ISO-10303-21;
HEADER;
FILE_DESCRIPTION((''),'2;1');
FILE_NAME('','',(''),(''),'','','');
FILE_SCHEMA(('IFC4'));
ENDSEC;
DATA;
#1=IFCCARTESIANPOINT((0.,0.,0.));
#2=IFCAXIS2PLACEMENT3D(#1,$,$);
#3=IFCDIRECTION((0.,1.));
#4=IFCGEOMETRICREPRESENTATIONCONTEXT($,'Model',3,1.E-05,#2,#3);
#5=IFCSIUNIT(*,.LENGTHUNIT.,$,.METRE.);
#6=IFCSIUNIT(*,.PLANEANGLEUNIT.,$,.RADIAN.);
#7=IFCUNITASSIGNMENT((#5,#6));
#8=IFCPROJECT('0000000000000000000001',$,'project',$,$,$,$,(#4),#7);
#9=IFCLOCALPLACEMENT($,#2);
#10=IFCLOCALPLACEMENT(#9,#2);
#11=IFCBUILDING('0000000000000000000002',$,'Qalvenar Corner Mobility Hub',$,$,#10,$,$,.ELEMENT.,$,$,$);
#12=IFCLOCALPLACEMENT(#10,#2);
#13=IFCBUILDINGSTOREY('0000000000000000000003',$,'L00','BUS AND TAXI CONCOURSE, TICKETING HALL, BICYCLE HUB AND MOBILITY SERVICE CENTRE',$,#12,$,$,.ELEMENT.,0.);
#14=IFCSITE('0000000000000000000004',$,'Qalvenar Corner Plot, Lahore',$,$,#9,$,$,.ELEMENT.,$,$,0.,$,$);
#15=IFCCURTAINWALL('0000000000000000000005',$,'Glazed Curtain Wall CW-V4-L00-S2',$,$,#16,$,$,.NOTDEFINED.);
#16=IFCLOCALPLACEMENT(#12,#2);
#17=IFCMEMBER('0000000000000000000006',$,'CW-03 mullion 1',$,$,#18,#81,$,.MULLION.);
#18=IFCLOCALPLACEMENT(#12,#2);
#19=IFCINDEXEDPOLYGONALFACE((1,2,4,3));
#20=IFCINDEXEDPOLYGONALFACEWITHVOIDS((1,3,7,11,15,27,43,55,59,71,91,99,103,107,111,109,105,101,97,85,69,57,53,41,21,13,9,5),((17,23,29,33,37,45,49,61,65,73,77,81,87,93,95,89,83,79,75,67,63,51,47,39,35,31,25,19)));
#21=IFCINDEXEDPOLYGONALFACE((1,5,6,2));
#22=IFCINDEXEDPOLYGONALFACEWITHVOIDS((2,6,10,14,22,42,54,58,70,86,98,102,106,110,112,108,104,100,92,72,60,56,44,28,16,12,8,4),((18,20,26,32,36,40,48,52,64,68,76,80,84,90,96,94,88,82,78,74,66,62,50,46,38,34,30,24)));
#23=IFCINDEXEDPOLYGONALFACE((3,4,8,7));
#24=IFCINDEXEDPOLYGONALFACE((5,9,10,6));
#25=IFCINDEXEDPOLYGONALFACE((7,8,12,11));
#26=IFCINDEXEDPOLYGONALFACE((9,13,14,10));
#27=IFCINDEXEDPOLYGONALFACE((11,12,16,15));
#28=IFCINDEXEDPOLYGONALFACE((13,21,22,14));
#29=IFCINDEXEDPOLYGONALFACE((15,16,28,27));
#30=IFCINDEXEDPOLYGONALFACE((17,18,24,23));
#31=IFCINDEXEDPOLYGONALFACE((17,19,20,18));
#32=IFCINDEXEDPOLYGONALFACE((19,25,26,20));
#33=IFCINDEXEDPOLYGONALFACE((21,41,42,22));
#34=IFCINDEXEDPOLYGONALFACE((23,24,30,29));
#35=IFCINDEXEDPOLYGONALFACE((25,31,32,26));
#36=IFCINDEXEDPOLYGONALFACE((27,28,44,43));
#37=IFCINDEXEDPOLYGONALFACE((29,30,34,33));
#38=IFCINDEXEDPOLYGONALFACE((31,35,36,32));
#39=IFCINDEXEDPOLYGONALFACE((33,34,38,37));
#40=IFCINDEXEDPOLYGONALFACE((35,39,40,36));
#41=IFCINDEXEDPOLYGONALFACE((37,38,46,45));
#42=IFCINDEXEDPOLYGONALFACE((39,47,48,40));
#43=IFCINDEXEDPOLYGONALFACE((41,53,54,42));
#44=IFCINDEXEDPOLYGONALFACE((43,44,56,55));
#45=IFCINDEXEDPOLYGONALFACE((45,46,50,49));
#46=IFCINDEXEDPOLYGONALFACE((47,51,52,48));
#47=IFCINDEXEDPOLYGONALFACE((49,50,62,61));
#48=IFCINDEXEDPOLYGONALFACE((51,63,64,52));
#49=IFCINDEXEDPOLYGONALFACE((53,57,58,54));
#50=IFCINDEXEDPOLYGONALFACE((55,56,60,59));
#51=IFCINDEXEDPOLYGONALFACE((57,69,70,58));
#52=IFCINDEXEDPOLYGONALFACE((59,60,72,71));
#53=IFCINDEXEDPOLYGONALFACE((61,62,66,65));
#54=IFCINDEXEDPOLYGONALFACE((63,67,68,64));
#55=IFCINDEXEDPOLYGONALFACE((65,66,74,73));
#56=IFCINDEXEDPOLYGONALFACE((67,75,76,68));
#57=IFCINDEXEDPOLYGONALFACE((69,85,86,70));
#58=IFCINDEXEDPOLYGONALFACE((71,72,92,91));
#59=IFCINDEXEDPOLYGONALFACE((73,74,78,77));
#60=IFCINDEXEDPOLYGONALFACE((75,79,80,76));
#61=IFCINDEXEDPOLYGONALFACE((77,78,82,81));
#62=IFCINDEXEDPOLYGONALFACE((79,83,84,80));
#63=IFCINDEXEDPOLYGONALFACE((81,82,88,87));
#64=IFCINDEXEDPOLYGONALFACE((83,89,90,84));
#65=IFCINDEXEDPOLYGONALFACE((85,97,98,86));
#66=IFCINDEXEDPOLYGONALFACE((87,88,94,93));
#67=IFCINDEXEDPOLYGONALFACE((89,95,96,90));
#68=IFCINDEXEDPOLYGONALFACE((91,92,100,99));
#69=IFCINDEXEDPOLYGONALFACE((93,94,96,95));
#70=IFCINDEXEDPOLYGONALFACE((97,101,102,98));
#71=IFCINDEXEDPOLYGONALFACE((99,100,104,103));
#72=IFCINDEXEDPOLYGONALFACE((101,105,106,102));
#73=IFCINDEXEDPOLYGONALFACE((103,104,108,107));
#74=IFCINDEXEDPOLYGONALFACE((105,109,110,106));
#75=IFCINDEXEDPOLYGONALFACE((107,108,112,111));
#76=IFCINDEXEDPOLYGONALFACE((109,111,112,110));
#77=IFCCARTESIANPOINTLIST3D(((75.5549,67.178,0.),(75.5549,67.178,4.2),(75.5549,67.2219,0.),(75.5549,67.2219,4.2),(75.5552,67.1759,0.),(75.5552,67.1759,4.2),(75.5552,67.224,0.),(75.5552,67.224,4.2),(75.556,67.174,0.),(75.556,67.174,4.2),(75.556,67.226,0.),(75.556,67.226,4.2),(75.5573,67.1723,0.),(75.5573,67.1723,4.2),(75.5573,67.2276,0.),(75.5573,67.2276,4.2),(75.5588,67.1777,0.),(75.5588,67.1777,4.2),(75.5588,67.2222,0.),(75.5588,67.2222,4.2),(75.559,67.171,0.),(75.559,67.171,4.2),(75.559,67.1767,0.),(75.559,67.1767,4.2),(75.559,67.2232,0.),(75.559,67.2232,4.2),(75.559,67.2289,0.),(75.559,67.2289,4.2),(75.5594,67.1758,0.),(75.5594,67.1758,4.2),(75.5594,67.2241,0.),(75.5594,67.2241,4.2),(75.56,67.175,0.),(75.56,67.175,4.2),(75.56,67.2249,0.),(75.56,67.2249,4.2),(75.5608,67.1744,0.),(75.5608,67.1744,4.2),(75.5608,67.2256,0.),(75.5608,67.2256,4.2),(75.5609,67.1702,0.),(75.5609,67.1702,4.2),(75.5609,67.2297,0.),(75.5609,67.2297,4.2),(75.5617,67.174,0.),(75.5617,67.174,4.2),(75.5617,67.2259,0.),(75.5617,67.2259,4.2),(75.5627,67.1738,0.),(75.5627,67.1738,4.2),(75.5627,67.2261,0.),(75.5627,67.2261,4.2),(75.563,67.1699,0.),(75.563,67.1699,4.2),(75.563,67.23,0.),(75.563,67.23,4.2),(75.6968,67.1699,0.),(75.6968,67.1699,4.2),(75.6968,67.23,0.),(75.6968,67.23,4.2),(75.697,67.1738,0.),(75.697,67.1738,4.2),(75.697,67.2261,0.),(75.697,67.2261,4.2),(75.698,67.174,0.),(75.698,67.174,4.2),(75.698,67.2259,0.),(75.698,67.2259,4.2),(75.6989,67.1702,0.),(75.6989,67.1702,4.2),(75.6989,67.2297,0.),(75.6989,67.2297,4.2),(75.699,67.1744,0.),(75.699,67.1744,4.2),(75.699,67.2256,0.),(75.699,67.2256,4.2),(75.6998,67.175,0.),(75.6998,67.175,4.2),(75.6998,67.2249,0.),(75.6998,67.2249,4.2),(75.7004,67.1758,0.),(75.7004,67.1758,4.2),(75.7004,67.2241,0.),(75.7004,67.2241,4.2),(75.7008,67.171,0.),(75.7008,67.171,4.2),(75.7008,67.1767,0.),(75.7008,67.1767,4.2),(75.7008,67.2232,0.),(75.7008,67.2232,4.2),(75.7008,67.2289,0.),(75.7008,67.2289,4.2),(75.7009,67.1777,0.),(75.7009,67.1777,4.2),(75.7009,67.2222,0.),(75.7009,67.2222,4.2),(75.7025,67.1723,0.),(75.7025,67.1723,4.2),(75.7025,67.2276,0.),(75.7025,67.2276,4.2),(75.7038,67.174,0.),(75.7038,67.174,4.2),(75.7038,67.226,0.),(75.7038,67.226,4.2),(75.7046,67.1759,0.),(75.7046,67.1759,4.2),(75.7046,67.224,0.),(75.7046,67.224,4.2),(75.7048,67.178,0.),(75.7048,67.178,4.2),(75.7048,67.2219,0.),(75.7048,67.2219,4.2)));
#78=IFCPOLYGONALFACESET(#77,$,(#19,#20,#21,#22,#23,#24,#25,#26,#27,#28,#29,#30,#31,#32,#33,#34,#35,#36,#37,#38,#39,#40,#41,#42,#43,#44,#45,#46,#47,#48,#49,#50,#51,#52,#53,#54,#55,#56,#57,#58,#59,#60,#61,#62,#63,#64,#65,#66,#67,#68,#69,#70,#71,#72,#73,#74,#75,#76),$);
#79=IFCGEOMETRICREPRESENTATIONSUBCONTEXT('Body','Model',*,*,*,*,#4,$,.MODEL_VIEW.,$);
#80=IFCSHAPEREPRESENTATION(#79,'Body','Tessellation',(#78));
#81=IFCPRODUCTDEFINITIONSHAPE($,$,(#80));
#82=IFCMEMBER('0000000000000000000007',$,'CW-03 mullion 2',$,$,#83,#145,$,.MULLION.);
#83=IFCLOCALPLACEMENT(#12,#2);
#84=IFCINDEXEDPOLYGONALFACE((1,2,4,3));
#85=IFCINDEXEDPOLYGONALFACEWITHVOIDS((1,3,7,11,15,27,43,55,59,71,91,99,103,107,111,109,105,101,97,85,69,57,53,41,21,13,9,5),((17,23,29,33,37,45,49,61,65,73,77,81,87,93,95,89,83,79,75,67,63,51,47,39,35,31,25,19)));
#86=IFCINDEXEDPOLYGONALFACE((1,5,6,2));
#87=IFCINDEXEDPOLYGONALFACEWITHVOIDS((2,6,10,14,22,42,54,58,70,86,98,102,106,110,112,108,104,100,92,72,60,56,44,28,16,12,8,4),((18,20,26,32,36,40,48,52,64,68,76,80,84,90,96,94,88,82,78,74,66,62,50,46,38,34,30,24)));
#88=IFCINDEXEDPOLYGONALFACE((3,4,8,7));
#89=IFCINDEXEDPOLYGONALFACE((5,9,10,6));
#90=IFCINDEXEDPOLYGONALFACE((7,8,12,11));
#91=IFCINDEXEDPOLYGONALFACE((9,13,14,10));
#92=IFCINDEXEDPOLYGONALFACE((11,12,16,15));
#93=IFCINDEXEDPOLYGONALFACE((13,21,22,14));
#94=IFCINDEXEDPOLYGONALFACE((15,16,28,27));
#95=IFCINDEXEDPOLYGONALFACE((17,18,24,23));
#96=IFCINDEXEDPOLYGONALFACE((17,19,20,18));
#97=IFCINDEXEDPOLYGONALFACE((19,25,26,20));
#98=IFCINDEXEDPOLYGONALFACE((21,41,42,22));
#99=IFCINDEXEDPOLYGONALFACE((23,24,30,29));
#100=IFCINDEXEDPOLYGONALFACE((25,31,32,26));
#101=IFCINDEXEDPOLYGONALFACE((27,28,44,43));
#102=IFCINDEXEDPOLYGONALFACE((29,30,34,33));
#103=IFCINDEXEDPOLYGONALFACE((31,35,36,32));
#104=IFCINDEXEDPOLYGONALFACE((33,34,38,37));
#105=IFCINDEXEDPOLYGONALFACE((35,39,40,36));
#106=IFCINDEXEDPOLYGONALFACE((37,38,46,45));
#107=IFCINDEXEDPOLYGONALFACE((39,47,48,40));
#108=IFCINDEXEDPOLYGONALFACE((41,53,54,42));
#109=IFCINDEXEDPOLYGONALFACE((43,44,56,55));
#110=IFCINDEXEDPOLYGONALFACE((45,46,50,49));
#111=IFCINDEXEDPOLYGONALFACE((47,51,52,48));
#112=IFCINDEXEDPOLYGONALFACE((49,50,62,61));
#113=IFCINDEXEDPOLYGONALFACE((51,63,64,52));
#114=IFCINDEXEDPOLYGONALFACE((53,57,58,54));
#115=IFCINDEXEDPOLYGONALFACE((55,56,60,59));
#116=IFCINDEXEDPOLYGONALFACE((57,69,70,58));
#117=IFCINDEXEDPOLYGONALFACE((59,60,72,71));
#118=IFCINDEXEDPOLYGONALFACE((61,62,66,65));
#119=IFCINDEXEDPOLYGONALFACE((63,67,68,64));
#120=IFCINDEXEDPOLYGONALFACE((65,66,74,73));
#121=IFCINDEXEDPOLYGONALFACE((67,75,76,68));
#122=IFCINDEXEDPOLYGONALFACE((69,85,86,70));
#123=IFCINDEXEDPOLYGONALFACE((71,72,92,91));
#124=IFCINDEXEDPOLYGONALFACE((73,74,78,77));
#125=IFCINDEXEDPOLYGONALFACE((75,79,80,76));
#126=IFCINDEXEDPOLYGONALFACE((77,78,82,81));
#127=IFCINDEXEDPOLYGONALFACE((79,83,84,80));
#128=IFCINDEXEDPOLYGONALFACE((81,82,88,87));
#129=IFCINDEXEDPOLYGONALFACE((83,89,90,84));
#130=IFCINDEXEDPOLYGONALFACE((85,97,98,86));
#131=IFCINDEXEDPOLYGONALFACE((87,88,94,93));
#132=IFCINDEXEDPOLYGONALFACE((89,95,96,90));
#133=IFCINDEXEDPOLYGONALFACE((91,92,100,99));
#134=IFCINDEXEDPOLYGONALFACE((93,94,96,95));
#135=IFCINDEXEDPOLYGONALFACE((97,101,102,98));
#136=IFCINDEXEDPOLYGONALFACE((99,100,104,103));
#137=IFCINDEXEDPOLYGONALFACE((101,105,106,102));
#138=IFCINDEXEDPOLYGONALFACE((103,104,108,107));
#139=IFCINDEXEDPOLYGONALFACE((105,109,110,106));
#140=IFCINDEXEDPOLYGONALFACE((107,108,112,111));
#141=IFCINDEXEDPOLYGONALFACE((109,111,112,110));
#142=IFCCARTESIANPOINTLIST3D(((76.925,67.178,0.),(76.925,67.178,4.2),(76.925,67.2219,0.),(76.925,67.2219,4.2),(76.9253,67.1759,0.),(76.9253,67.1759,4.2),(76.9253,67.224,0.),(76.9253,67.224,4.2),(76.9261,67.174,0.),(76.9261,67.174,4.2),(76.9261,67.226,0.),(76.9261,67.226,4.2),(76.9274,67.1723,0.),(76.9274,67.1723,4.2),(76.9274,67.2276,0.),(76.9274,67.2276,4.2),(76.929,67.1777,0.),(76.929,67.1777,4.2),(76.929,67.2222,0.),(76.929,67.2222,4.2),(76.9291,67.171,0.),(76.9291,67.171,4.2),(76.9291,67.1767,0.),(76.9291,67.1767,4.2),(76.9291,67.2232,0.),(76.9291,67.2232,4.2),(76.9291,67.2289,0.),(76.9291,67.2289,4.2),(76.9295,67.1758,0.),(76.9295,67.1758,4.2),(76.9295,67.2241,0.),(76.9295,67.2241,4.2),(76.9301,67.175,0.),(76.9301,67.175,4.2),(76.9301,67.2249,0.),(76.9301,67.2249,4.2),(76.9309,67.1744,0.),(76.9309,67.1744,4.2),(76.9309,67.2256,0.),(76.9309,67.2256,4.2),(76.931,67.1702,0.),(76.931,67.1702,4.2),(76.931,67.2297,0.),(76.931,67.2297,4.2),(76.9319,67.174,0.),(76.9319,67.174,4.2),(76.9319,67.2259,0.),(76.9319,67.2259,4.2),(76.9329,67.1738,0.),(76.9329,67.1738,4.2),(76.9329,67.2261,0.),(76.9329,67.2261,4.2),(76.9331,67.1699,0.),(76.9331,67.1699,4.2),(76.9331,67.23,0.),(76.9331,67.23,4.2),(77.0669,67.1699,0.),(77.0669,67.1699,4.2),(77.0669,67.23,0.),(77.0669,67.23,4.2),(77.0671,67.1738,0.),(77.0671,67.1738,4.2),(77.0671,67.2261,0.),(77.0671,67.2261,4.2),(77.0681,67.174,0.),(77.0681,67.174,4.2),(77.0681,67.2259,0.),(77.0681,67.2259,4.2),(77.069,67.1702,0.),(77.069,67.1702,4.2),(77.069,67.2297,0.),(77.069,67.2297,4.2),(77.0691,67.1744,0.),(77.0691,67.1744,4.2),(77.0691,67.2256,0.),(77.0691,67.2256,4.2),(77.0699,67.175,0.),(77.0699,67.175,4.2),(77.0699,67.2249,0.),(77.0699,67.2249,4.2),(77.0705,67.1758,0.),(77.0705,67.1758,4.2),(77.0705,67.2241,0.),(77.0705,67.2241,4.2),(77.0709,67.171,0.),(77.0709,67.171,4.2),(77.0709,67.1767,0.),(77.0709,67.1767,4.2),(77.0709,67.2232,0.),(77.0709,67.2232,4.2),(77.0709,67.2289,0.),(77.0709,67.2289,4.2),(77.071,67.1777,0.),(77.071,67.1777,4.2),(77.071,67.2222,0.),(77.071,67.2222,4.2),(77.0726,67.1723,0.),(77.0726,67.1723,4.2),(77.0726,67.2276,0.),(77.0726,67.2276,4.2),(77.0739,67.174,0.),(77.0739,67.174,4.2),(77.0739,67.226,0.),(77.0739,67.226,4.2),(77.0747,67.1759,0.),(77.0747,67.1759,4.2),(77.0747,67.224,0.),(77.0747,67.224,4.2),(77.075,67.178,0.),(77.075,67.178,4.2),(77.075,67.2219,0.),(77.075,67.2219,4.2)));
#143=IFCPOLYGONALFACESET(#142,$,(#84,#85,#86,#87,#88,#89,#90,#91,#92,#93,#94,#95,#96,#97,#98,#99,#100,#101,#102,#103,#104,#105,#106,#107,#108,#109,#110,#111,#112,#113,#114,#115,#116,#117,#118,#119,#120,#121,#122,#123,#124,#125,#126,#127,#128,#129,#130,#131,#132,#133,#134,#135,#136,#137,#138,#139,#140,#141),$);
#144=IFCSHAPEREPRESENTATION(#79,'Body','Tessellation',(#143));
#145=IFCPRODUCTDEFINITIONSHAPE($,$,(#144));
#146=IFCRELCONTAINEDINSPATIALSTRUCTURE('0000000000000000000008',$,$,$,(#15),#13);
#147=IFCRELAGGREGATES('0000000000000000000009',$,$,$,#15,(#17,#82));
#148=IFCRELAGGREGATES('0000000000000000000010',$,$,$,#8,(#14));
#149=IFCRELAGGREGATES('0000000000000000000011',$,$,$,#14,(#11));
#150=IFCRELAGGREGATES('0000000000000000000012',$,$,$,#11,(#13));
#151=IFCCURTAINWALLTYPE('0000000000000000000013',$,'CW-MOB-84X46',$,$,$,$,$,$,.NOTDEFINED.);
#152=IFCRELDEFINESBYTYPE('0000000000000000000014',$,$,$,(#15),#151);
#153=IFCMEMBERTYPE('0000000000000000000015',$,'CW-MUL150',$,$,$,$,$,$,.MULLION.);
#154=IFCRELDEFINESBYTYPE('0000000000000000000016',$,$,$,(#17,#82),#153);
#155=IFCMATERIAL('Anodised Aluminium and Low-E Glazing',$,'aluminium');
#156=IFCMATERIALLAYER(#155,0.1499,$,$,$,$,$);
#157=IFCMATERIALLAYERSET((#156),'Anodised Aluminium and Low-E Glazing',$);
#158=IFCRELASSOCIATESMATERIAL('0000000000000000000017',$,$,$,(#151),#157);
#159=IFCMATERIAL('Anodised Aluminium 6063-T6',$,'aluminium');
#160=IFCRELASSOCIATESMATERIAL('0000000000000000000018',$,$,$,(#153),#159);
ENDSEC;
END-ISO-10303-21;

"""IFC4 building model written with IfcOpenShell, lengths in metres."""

from ifc_helpers import new_model, si_unit, direction, frame, origin, origin_2d, place, context, subcontext, project, spatial, hollow_rectangle, extrude, material, layer, layer_set, material_profile, profile_set, type_object, element, aggregate, save


model = new_model("IFC4")

# Units and contexts
model_context = context("Model", 3, precision=1e-05, world=origin(), true_north=direction((0.0, 1.0)))
body_context = subcontext(model_context, "Body", "Model", "MODEL_VIEW")
ifc_project = project(units=[si_unit("LENGTHUNIT", "METRE"), si_unit("PLANEANGLEUNIT", "RADIAN")], contexts=[model_context])

# Site, building, storey
site_placement = place(None, origin())
site = spatial("IfcSite", under=ifc_project, at=site_placement, Name="Qalvenar Corner Plot, Lahore", CompositionType="ELEMENT", RefElevation=0.0)
building_placement = place(site_placement, origin())
building = spatial("IfcBuilding", under=site, at=building_placement, Name="Qalvenar Corner Mobility Hub", CompositionType="ELEMENT")
storey_placement = place(building_placement, origin())
storey = spatial("IfcBuildingStorey", under=building, at=storey_placement, Name="L00", Description="BUS AND TAXI CONCOURSE, TICKETING HALL, BICYCLE HUB AND MOBILITY SERVICE CENTRE", CompositionType="ELEMENT", Elevation=0.0)

# Curtain wall, members
ifc_material_1 = material(Name="Anodised Aluminium and Low-E Glazing", Category="aluminium")
ifc_layer_1 = layer(ifc_material_1, 0.1499)
ifc_layer_set_1 = layer_set([ifc_layer_1], Name="Anodised Aluminium and Low-E Glazing")
curtain_wall_type = type_object("IfcCurtainWallType", Name="CW-MOB-84X46", PredefinedType="NOTDEFINED", material=ifc_layer_set_1)
ifc_material_2 = material(Name="Anodised Aluminium 6063-T6", Category="aluminium")
ifc_material_profile_1 = material_profile(ifc_material_2, hollow_rectangle(XDim=0.0601, YDim=0.1499, WallThickness=0.0039, InnerFilletRadius=0.0039, OuterFilletRadius=0.0081, at=origin_2d()), Name="RHS150x60x4")
ifc_profile_set_1 = profile_set([ifc_material_profile_1], Name="Anodised Aluminium 6063-T6")
member_type_1 = type_object("IfcMemberType", Name="CW-MUL150", PredefinedType="MULLION", material=ifc_profile_set_1)
curtain_wall_1_placement = place(storey_placement, origin())
curtain_wall_1 = element("IfcCurtainWall", 1, at=curtain_wall_1_placement, inside=storey, type_object=curtain_wall_type, Name="Glazed Curtain Wall CW-V4-L00-S2", PredefinedType="NOTDEFINED")
member_1_placement = place(storey_placement, frame((75.6299, 67.2, 0.0), z_axis=(0.0, 0.0, 1.0), x_axis=(0.0, 1.0, 0.0)))
member_1 = element("IfcMember", 2, at=member_1_placement, type_object=member_type_1, Name="CW-03 mullion 1", PredefinedType="MULLION", context=body_context, shape_type="SweptSolid", body=[
    extrude(hollow_rectangle(XDim=0.0601, YDim=0.1499, WallThickness=0.0039, InnerFilletRadius=0.0039, OuterFilletRadius=0.0081, at=origin_2d()), origin(), (0.0, 0.0, 1.0), 4.2),
])
member_2_placement = place(storey_placement, frame((77.0, 67.2, 0.0), z_axis=(0.0, 0.0, 1.0), x_axis=(0.0, 1.0, 0.0)))
member_2 = element("IfcMember", 3, at=member_2_placement, type_object=member_type_1, Name="CW-03 mullion 2", PredefinedType="MULLION", context=body_context, shape_type="SweptSolid", body=[
    extrude(hollow_rectangle(XDim=0.0601, YDim=0.1499, WallThickness=0.0039, InnerFilletRadius=0.0039, OuterFilletRadius=0.0081, at=origin_2d()), origin(), (0.0, 0.0, 1.0), 4.2),
])

aggregate(curtain_wall_1, [member_1, member_2])

save(model, "model.ifc")
